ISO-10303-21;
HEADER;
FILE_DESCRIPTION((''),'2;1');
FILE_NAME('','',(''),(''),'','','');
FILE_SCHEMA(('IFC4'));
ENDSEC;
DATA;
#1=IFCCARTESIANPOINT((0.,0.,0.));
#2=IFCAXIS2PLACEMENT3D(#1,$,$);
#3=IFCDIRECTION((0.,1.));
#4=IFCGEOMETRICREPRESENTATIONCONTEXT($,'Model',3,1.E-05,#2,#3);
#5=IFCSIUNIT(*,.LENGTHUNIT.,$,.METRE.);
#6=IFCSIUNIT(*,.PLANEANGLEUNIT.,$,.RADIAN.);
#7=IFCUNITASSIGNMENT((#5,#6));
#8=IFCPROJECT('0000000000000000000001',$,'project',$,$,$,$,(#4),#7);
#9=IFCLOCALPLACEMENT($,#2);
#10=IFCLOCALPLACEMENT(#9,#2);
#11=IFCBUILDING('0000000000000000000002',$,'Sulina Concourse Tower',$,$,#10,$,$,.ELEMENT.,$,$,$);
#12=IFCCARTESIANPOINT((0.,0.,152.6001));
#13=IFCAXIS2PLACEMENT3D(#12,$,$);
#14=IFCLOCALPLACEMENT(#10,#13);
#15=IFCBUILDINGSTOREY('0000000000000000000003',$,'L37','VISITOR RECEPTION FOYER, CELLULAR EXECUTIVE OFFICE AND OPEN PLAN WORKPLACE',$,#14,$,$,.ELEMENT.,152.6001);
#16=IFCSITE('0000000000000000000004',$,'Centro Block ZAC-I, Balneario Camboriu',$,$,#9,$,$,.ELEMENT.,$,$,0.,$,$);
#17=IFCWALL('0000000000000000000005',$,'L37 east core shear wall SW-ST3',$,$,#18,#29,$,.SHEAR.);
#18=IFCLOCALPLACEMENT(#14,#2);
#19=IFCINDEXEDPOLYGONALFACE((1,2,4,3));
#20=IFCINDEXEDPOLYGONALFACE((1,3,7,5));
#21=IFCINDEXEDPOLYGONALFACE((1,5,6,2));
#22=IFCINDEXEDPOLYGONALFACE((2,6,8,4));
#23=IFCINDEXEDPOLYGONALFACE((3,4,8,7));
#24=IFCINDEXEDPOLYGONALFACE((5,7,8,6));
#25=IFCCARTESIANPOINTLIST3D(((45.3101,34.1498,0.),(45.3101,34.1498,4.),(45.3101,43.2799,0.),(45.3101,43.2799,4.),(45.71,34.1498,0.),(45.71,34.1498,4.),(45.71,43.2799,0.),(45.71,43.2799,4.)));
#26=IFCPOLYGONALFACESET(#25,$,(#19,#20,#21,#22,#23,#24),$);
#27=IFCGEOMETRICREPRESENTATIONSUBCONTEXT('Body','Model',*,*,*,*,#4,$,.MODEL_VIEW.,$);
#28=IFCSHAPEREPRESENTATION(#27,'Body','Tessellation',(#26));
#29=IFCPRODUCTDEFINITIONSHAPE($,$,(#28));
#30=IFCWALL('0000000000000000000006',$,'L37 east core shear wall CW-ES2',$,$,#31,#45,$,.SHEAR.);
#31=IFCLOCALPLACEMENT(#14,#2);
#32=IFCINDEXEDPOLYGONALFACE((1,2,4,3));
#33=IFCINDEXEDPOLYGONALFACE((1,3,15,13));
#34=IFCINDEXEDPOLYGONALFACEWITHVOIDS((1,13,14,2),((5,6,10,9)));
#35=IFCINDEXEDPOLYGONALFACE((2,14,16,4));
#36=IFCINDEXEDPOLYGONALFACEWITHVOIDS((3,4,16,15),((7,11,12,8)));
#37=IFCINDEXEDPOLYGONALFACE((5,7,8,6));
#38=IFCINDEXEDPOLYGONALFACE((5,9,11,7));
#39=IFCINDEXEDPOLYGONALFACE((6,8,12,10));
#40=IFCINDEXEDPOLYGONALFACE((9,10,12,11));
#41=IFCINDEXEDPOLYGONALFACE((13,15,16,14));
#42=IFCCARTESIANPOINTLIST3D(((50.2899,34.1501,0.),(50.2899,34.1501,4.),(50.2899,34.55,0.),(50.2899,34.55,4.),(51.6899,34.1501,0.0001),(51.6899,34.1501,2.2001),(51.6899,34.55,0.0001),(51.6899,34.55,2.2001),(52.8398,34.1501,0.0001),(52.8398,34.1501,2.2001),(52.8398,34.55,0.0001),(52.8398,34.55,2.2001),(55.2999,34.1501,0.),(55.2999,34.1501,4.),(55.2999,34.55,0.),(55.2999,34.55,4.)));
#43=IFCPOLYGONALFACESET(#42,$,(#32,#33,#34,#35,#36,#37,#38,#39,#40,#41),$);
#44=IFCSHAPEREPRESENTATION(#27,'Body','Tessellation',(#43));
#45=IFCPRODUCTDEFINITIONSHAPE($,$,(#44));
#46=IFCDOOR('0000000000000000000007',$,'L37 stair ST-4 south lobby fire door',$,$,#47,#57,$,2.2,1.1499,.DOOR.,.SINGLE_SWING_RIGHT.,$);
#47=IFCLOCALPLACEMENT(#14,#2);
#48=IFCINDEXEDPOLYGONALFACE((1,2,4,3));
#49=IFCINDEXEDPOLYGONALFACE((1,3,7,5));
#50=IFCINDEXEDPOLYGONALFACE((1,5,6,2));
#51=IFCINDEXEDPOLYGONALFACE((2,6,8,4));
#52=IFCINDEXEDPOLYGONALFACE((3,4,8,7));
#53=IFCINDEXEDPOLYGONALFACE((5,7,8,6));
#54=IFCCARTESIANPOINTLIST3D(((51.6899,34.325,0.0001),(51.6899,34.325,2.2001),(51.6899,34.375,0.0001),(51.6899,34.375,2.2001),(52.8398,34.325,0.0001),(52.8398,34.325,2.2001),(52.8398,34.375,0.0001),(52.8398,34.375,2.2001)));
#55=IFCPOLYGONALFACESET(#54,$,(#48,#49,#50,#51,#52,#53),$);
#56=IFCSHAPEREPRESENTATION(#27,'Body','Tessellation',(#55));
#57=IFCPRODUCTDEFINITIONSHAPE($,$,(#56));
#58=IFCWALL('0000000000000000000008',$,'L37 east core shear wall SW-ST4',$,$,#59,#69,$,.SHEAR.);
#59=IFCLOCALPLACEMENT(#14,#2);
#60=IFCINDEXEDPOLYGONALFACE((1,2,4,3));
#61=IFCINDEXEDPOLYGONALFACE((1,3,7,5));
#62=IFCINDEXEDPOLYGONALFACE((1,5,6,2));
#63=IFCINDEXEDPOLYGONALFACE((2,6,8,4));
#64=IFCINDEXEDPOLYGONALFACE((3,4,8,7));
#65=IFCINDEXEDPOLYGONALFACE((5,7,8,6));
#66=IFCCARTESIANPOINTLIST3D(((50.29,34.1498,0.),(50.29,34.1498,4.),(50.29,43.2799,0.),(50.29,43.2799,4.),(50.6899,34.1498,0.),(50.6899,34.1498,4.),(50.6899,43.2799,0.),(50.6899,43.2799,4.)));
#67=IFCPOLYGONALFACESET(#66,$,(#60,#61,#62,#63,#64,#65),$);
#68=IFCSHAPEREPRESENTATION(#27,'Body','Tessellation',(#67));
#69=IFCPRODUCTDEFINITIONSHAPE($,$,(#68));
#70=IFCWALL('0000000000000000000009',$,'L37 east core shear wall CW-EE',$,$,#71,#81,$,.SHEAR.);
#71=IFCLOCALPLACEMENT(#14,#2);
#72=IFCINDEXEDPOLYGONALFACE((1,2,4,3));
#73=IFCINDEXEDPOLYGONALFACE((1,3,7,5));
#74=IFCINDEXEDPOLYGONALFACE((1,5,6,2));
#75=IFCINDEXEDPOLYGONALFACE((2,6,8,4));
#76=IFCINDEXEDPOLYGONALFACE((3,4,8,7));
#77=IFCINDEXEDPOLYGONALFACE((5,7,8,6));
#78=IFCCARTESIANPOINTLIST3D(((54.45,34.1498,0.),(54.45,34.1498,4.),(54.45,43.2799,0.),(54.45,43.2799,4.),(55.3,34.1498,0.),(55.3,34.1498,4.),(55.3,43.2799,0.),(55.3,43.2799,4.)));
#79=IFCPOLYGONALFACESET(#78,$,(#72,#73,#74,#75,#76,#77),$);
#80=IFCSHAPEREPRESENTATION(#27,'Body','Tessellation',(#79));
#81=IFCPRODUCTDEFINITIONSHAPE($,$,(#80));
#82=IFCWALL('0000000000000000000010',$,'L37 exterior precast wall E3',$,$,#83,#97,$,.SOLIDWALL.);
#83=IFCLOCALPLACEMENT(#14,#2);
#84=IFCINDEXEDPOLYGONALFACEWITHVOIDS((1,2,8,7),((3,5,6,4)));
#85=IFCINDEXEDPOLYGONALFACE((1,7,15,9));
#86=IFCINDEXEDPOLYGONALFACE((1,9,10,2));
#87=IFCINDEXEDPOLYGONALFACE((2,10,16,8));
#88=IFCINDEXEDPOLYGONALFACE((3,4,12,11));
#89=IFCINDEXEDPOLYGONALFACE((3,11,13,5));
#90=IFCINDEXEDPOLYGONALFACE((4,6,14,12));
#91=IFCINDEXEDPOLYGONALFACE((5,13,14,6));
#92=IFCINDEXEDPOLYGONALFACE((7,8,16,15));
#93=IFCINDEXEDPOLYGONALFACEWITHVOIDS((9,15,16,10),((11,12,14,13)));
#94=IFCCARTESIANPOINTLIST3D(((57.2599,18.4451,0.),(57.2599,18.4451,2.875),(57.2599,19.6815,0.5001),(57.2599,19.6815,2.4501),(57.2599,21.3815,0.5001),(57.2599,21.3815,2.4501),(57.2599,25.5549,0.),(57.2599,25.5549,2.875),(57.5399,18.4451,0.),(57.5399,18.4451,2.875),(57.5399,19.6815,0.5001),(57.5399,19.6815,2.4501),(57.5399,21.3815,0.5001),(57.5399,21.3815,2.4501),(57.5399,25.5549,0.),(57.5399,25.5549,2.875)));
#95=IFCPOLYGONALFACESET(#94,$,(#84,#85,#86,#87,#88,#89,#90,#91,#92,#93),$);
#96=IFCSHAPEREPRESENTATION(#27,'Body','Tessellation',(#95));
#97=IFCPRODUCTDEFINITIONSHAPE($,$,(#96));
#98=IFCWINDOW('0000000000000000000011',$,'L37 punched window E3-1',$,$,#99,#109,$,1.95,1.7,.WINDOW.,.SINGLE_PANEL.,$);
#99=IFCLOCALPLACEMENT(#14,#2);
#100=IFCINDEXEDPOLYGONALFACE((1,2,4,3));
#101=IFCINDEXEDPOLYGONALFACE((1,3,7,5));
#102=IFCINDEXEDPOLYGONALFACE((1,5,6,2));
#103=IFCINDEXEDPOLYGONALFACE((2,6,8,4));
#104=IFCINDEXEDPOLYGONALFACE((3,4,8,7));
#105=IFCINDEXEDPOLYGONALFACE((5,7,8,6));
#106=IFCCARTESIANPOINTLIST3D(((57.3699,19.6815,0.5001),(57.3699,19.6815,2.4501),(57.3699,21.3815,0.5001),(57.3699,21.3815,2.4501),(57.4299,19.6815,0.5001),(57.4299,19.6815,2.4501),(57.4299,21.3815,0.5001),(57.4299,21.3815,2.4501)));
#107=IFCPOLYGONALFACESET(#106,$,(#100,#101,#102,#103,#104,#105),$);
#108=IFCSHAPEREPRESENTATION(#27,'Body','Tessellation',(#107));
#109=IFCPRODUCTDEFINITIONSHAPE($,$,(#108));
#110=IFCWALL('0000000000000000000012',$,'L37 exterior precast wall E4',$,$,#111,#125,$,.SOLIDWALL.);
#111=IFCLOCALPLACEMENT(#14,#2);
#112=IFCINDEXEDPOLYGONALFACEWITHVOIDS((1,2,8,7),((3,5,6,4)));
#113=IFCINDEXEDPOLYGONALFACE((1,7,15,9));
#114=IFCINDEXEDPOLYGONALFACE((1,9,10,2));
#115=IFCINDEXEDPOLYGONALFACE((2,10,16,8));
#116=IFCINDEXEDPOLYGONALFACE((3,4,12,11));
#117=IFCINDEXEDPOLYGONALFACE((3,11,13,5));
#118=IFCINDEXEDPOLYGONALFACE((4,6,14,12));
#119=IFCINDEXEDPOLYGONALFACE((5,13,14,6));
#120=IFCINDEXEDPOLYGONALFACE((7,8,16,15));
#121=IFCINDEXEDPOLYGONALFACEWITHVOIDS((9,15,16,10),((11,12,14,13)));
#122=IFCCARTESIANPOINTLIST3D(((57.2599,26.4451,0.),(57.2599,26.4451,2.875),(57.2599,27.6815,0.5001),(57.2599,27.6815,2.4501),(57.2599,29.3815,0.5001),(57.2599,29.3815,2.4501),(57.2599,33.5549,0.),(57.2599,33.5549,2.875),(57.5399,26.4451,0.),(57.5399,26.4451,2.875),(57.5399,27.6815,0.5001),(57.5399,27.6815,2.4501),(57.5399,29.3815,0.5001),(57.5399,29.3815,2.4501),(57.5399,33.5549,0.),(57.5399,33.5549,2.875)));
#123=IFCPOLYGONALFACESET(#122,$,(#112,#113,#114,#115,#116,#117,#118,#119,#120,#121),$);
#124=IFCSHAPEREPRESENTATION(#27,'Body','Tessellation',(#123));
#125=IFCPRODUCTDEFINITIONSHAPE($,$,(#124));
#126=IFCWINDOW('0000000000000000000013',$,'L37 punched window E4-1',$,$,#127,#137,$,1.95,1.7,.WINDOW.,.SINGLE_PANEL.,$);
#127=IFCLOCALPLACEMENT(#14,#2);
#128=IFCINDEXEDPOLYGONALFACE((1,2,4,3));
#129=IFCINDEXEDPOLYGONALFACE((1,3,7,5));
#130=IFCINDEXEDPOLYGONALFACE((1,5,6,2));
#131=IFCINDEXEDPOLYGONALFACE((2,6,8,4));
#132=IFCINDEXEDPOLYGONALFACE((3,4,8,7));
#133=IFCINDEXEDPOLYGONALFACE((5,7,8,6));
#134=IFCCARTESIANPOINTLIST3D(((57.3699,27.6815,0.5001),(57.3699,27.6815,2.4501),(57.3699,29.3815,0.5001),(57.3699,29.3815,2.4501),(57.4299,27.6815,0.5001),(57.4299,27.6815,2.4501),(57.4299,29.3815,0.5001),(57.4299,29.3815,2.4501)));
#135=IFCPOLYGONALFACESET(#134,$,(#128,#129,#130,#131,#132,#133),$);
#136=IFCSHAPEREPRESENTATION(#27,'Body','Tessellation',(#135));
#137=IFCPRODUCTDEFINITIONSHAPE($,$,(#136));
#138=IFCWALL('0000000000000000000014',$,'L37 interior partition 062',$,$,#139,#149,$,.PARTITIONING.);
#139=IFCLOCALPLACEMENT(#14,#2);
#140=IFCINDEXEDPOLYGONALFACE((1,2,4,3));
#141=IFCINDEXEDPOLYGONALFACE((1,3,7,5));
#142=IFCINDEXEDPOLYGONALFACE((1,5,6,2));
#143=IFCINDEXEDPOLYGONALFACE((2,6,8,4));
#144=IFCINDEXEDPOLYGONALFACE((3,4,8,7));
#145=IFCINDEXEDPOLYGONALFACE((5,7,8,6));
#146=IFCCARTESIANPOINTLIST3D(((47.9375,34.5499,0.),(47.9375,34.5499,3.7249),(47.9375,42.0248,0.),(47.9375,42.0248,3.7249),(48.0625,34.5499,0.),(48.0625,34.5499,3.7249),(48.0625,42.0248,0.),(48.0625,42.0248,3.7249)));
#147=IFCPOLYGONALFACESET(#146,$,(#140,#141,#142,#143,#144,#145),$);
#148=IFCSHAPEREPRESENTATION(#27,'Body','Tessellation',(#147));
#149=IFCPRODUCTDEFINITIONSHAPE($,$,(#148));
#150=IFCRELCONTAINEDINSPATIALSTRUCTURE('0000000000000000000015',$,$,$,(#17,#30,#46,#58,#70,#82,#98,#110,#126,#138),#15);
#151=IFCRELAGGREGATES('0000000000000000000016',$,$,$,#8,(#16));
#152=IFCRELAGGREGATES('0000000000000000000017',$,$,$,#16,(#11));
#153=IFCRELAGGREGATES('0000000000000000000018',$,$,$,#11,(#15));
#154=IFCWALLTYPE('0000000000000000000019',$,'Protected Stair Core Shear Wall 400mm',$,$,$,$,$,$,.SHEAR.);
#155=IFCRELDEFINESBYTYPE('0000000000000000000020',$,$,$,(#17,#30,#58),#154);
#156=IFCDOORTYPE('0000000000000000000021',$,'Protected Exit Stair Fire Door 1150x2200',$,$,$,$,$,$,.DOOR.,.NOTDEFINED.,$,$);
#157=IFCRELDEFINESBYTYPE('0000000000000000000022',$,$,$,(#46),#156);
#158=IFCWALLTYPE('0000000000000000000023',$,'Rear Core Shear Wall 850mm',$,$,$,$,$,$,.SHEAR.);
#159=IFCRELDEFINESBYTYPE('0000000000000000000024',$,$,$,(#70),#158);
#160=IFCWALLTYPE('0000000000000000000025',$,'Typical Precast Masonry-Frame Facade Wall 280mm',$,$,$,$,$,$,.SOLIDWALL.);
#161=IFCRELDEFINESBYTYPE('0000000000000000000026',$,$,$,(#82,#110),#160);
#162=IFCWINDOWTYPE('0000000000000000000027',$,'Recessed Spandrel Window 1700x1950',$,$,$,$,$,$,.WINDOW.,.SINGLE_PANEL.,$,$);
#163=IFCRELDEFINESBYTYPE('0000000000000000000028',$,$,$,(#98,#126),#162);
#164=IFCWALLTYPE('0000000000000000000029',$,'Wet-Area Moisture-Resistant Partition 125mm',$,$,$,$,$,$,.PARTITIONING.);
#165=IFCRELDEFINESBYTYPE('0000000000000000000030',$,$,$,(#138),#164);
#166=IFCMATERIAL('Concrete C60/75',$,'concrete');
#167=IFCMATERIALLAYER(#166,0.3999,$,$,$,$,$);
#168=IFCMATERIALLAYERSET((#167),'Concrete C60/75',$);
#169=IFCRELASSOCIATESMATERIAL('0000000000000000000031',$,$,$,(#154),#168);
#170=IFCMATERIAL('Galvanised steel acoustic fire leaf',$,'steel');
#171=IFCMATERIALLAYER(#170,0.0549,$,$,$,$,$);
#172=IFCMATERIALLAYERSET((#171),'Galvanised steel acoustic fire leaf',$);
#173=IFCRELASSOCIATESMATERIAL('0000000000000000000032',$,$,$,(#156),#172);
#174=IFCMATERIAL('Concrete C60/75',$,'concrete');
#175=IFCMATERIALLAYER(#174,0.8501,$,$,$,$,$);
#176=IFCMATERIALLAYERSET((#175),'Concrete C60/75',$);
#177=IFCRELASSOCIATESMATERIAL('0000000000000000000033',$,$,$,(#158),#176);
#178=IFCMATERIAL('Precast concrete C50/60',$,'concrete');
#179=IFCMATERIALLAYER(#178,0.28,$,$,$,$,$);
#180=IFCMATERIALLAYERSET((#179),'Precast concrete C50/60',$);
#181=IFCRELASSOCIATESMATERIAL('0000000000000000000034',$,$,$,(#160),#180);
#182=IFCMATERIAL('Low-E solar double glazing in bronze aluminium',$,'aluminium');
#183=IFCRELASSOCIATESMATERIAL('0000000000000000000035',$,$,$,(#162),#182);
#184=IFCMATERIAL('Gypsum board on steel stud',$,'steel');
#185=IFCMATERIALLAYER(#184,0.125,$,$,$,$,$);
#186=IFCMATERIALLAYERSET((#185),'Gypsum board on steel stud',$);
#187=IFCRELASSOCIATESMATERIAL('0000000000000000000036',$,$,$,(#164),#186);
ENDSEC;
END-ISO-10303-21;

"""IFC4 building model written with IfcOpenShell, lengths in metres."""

from ifc_helpers import new_model, si_unit, direction, frame, frame_2d, origin, place, context, subcontext, project, spatial, rectangle, extrude, material, layer, layer_set, type_object, element, fill, save


model = new_model("IFC4")

# Units and contexts
model_context = context("Model", 3, precision=1e-05, world=origin(), true_north=direction((0.0, 1.0)))
body_context = subcontext(model_context, "Body", "Model", "MODEL_VIEW")
ifc_project = project(units=[si_unit("LENGTHUNIT", "METRE"), si_unit("PLANEANGLEUNIT", "RADIAN")], contexts=[model_context])

# Site, building, storey
site_placement = place(None, origin())
site = spatial("IfcSite", under=ifc_project, at=site_placement, Name="Centro Block ZAC-I, Balneario Camboriu", CompositionType="ELEMENT", RefElevation=0.0)
building_placement = place(site_placement, origin())
building = spatial("IfcBuilding", under=site, at=building_placement, Name="Sulina Concourse Tower", CompositionType="ELEMENT")
storey_placement = place(building_placement, frame((0.0, 0.0, 152.6001)))
storey = spatial("IfcBuildingStorey", under=building, at=storey_placement, Name="L37", Description="VISITOR RECEPTION FOYER, CELLULAR EXECUTIVE OFFICE AND OPEN PLAN WORKPLACE", CompositionType="ELEMENT", Elevation=152.6001)

# Wall
ifc_material_1 = material(Name="Concrete C60/75", Category="concrete")
ifc_layer_1 = layer(ifc_material_1, 0.3999)
ifc_layer_set_1 = layer_set([ifc_layer_1], Name="Concrete C60/75")
wall_type_1 = type_object("IfcWallType", Name="Protected Stair Core Shear Wall 400mm", PredefinedType="SHEAR", material=ifc_layer_set_1)
wall_1_placement = place(storey_placement, frame((45.51, 34.1499, 0.0), z_axis=(0.0, 0.0, 1.0), x_axis=(0.0, 1.0, 0.0)))
element("IfcWall", 1, at=wall_1_placement, inside=storey, type_object=wall_type_1, Name="L37 east core shear wall SW-ST3", PredefinedType="SHEAR", context=body_context, shape_type="SweptSolid", body=[
    extrude(rectangle(XDim=9.1301, YDim=0.3999, at=frame_2d((4.5649, 0.0))), origin(), (0.0, 0.0, 1.0), 4.0),
])

# Wall, opening, door
wall_2_placement = place(storey_placement, frame((50.29, 34.3501, 0.0), z_axis=(0.0, 0.0, 1.0), x_axis=(1.0, 0.0, 0.0)))
wall_2 = element("IfcWall", 2, at=wall_2_placement, inside=storey, type_object=wall_type_1, Name="L37 east core shear wall CW-ES2", PredefinedType="SHEAR", context=body_context, shape_type="SweptSolid", body=[
    extrude(rectangle(XDim=5.01, YDim=0.3999, at=frame_2d((2.5049, 0.0))), origin(), (0.0, 0.0, 1.0), 4.0),
])
opening_1_placement = place(wall_2_placement, frame((1.3999, 0.0, 0.0)))
opening_1 = element("IfcOpeningElement", 3, at=opening_1_placement, cuts=wall_2, PredefinedType="OPENING", context=body_context, shape_type="SweptSolid", body=[
    extrude(rectangle(XDim=1.1499, YDim=2.2, at=frame_2d((0.575, 1.1001))), frame((0.0, 0.21, 0.0), z_axis=(0.0, -1.0, 0.0), x_axis=(1.0, 0.0, 0.0)), (0.0, 0.0, 1.0), 0.4199),
])
ifc_material_2 = material(Name="Galvanised steel acoustic fire leaf", Category="steel")
ifc_layer_2 = layer(ifc_material_2, 0.0549)
ifc_layer_set_2 = layer_set([ifc_layer_2], Name="Galvanised steel acoustic fire leaf")
door_type_1 = type_object("IfcDoorType", Name="Protected Exit Stair Fire Door 1150x2200", OperationType="NOTDEFINED", PredefinedType="DOOR", material=ifc_layer_set_2)
door_1_placement = place(opening_1_placement, origin())
door_1 = element("IfcDoor", 4, at=door_1_placement, inside=storey, type_object=door_type_1, Name="L37 stair ST-4 south lobby fire door", OperationType="SINGLE_SWING_RIGHT", OverallHeight=2.2, OverallWidth=1.1499, PredefinedType="DOOR", context=body_context, shape_type="SweptSolid", body=[
    extrude(rectangle(XDim=1.1499, YDim=2.2, at=frame_2d((0.575, 1.1001))), frame((0.0, 0.0249, 0.0), z_axis=(0.0, -1.0, 0.0), x_axis=(1.0, 0.0, 0.0)), (0.0, 0.0, 1.0), 0.05),
])
fill(opening_1, door_1)

# Walls
wall_3_placement = place(storey_placement, frame((50.49, 34.1499, 0.0), z_axis=(0.0, 0.0, 1.0), x_axis=(0.0, 1.0, 0.0)))
element("IfcWall", 5, at=wall_3_placement, inside=storey, type_object=wall_type_1, Name="L37 east core shear wall SW-ST4", PredefinedType="SHEAR", context=body_context, shape_type="SweptSolid", body=[
    extrude(rectangle(XDim=9.1301, YDim=0.3999, at=frame_2d((4.5649, 0.0))), origin(), (0.0, 0.0, 1.0), 4.0),
])
ifc_material_3 = material(Name="Concrete C60/75", Category="concrete")
ifc_layer_3 = layer(ifc_material_3, 0.8501)
ifc_layer_set_3 = layer_set([ifc_layer_3], Name="Concrete C60/75")
wall_type_2 = type_object("IfcWallType", Name="Rear Core Shear Wall 850mm", PredefinedType="SHEAR", material=ifc_layer_set_3)
wall_4_placement = place(storey_placement, frame((54.875, 34.1499, 0.0), z_axis=(0.0, 0.0, 1.0), x_axis=(0.0, 1.0, 0.0)))
element("IfcWall", 6, at=wall_4_placement, inside=storey, type_object=wall_type_2, Name="L37 east core shear wall CW-EE", PredefinedType="SHEAR", context=body_context, shape_type="SweptSolid", body=[
    extrude(rectangle(XDim=9.1301, YDim=0.8501, at=frame_2d((4.5649, 0.0))), origin(), (0.0, 0.0, 1.0), 4.0),
])

# Walls, openings, windows
ifc_material_4 = material(Name="Precast concrete C50/60", Category="concrete")
ifc_layer_4 = layer(ifc_material_4, 0.28)
ifc_layer_set_4 = layer_set([ifc_layer_4], Name="Precast concrete C50/60")
wall_type_3 = type_object("IfcWallType", Name="Typical Precast Masonry-Frame Facade Wall 280mm", PredefinedType="SOLIDWALL", material=ifc_layer_set_4)
wall_5_placement = place(storey_placement, frame((57.3999, 25.5549, 0.0), z_axis=(0.0, 0.0, 1.0), x_axis=(0.0, -1.0, 0.0)))
wall_5 = element("IfcWall", 7, at=wall_5_placement, inside=storey, type_object=wall_type_3, Name="L37 exterior precast wall E3", PredefinedType="SOLIDWALL", context=body_context, shape_type="SweptSolid", body=[
    extrude(rectangle(XDim=7.1099, YDim=0.28, at=frame_2d((3.5549, 0.0))), origin(), (0.0, 0.0, 1.0), 2.875),
])
opening_2_placement = place(wall_5_placement, frame((4.1733, 0.0, 0.5)))
opening_2 = element("IfcOpeningElement", 8, at=opening_2_placement, cuts=wall_5, PredefinedType="OPENING", context=body_context, shape_type="SweptSolid", body=[
    extrude(rectangle(XDim=1.7, YDim=1.95, at=frame_2d((0.8501, 0.9751))), frame((0.0, 0.1499, 0.0), z_axis=(0.0, -1.0, 0.0), x_axis=(1.0, 0.0, 0.0)), (0.0, 0.0, 1.0), 0.3),
])
ifc_material_5 = material(Name="Low-E solar double glazing in bronze aluminium", Category="aluminium")
window_type = type_object("IfcWindowType", Name="Recessed Spandrel Window 1700x1950", PartitioningType="SINGLE_PANEL", PredefinedType="WINDOW", material=ifc_material_5)
window_1_placement = place(opening_2_placement, origin())
window_1 = element("IfcWindow", 9, at=window_1_placement, inside=storey, type_object=window_type, Name="L37 punched window E3-1", OverallHeight=1.95, OverallWidth=1.7, PartitioningType="SINGLE_PANEL", PredefinedType="WINDOW", context=body_context, shape_type="SweptSolid", body=[
    extrude(rectangle(XDim=1.7, YDim=1.95, at=frame_2d((0.8501, 0.9751))), frame((0.0, 0.03, 0.0), z_axis=(0.0, -1.0, 0.0), x_axis=(1.0, 0.0, 0.0)), (0.0, 0.0, 1.0), 0.0601),
])
fill(opening_2, window_1)
wall_6_placement = place(storey_placement, frame((57.3999, 33.5549, 0.0), z_axis=(0.0, 0.0, 1.0), x_axis=(0.0, -1.0, 0.0)))
wall_6 = element("IfcWall", 10, at=wall_6_placement, inside=storey, type_object=wall_type_3, Name="L37 exterior precast wall E4", PredefinedType="SOLIDWALL", context=body_context, shape_type="SweptSolid", body=[
    extrude(rectangle(XDim=7.1099, YDim=0.28, at=frame_2d((3.5549, 0.0))), origin(), (0.0, 0.0, 1.0), 2.875),
])
opening_3_placement = place(wall_6_placement, frame((4.1733, 0.0, 0.5)))
opening_3 = element("IfcOpeningElement", 11, at=opening_3_placement, cuts=wall_6, PredefinedType="OPENING", context=body_context, shape_type="SweptSolid", body=[
    extrude(rectangle(XDim=1.7, YDim=1.95, at=frame_2d((0.8501, 0.9751))), frame((0.0, 0.1499, 0.0), z_axis=(0.0, -1.0, 0.0), x_axis=(1.0, 0.0, 0.0)), (0.0, 0.0, 1.0), 0.3),
])
window_2_placement = place(opening_3_placement, origin())
window_2 = element("IfcWindow", 12, at=window_2_placement, inside=storey, type_object=window_type, Name="L37 punched window E4-1", OverallHeight=1.95, OverallWidth=1.7, PartitioningType="SINGLE_PANEL", PredefinedType="WINDOW", context=body_context, shape_type="SweptSolid", body=[
    extrude(rectangle(XDim=1.7, YDim=1.95, at=frame_2d((0.8501, 0.9751))), frame((0.0, 0.03, 0.0), z_axis=(0.0, -1.0, 0.0), x_axis=(1.0, 0.0, 0.0)), (0.0, 0.0, 1.0), 0.0601),
])
fill(opening_3, window_2)

# Wall
ifc_material_6 = material(Name="Gypsum board on steel stud", Category="steel")
ifc_layer_5 = layer(ifc_material_6, 0.125)
ifc_layer_set_5 = layer_set([ifc_layer_5], Name="Gypsum board on steel stud")
wall_type_4 = type_object("IfcWallType", Name="Wet-Area Moisture-Resistant Partition 125mm", PredefinedType="PARTITIONING", material=ifc_layer_set_5)
wall_7_placement = place(storey_placement, frame((48.0, 34.55, 0.0), z_axis=(0.0, 0.0, 1.0), x_axis=(0.0, 1.0, 0.0)))
element("IfcWall", 13, at=wall_7_placement, inside=storey, type_object=wall_type_4, Name="L37 interior partition 062", PredefinedType="PARTITIONING", context=body_context, shape_type="SweptSolid", body=[
    extrude(rectangle(XDim=7.4749, YDim=0.125, at=frame_2d((3.7373, 0.0))), origin(), (0.0, 0.0, 1.0), 3.7249),
])

save(model, "model.ifc")
